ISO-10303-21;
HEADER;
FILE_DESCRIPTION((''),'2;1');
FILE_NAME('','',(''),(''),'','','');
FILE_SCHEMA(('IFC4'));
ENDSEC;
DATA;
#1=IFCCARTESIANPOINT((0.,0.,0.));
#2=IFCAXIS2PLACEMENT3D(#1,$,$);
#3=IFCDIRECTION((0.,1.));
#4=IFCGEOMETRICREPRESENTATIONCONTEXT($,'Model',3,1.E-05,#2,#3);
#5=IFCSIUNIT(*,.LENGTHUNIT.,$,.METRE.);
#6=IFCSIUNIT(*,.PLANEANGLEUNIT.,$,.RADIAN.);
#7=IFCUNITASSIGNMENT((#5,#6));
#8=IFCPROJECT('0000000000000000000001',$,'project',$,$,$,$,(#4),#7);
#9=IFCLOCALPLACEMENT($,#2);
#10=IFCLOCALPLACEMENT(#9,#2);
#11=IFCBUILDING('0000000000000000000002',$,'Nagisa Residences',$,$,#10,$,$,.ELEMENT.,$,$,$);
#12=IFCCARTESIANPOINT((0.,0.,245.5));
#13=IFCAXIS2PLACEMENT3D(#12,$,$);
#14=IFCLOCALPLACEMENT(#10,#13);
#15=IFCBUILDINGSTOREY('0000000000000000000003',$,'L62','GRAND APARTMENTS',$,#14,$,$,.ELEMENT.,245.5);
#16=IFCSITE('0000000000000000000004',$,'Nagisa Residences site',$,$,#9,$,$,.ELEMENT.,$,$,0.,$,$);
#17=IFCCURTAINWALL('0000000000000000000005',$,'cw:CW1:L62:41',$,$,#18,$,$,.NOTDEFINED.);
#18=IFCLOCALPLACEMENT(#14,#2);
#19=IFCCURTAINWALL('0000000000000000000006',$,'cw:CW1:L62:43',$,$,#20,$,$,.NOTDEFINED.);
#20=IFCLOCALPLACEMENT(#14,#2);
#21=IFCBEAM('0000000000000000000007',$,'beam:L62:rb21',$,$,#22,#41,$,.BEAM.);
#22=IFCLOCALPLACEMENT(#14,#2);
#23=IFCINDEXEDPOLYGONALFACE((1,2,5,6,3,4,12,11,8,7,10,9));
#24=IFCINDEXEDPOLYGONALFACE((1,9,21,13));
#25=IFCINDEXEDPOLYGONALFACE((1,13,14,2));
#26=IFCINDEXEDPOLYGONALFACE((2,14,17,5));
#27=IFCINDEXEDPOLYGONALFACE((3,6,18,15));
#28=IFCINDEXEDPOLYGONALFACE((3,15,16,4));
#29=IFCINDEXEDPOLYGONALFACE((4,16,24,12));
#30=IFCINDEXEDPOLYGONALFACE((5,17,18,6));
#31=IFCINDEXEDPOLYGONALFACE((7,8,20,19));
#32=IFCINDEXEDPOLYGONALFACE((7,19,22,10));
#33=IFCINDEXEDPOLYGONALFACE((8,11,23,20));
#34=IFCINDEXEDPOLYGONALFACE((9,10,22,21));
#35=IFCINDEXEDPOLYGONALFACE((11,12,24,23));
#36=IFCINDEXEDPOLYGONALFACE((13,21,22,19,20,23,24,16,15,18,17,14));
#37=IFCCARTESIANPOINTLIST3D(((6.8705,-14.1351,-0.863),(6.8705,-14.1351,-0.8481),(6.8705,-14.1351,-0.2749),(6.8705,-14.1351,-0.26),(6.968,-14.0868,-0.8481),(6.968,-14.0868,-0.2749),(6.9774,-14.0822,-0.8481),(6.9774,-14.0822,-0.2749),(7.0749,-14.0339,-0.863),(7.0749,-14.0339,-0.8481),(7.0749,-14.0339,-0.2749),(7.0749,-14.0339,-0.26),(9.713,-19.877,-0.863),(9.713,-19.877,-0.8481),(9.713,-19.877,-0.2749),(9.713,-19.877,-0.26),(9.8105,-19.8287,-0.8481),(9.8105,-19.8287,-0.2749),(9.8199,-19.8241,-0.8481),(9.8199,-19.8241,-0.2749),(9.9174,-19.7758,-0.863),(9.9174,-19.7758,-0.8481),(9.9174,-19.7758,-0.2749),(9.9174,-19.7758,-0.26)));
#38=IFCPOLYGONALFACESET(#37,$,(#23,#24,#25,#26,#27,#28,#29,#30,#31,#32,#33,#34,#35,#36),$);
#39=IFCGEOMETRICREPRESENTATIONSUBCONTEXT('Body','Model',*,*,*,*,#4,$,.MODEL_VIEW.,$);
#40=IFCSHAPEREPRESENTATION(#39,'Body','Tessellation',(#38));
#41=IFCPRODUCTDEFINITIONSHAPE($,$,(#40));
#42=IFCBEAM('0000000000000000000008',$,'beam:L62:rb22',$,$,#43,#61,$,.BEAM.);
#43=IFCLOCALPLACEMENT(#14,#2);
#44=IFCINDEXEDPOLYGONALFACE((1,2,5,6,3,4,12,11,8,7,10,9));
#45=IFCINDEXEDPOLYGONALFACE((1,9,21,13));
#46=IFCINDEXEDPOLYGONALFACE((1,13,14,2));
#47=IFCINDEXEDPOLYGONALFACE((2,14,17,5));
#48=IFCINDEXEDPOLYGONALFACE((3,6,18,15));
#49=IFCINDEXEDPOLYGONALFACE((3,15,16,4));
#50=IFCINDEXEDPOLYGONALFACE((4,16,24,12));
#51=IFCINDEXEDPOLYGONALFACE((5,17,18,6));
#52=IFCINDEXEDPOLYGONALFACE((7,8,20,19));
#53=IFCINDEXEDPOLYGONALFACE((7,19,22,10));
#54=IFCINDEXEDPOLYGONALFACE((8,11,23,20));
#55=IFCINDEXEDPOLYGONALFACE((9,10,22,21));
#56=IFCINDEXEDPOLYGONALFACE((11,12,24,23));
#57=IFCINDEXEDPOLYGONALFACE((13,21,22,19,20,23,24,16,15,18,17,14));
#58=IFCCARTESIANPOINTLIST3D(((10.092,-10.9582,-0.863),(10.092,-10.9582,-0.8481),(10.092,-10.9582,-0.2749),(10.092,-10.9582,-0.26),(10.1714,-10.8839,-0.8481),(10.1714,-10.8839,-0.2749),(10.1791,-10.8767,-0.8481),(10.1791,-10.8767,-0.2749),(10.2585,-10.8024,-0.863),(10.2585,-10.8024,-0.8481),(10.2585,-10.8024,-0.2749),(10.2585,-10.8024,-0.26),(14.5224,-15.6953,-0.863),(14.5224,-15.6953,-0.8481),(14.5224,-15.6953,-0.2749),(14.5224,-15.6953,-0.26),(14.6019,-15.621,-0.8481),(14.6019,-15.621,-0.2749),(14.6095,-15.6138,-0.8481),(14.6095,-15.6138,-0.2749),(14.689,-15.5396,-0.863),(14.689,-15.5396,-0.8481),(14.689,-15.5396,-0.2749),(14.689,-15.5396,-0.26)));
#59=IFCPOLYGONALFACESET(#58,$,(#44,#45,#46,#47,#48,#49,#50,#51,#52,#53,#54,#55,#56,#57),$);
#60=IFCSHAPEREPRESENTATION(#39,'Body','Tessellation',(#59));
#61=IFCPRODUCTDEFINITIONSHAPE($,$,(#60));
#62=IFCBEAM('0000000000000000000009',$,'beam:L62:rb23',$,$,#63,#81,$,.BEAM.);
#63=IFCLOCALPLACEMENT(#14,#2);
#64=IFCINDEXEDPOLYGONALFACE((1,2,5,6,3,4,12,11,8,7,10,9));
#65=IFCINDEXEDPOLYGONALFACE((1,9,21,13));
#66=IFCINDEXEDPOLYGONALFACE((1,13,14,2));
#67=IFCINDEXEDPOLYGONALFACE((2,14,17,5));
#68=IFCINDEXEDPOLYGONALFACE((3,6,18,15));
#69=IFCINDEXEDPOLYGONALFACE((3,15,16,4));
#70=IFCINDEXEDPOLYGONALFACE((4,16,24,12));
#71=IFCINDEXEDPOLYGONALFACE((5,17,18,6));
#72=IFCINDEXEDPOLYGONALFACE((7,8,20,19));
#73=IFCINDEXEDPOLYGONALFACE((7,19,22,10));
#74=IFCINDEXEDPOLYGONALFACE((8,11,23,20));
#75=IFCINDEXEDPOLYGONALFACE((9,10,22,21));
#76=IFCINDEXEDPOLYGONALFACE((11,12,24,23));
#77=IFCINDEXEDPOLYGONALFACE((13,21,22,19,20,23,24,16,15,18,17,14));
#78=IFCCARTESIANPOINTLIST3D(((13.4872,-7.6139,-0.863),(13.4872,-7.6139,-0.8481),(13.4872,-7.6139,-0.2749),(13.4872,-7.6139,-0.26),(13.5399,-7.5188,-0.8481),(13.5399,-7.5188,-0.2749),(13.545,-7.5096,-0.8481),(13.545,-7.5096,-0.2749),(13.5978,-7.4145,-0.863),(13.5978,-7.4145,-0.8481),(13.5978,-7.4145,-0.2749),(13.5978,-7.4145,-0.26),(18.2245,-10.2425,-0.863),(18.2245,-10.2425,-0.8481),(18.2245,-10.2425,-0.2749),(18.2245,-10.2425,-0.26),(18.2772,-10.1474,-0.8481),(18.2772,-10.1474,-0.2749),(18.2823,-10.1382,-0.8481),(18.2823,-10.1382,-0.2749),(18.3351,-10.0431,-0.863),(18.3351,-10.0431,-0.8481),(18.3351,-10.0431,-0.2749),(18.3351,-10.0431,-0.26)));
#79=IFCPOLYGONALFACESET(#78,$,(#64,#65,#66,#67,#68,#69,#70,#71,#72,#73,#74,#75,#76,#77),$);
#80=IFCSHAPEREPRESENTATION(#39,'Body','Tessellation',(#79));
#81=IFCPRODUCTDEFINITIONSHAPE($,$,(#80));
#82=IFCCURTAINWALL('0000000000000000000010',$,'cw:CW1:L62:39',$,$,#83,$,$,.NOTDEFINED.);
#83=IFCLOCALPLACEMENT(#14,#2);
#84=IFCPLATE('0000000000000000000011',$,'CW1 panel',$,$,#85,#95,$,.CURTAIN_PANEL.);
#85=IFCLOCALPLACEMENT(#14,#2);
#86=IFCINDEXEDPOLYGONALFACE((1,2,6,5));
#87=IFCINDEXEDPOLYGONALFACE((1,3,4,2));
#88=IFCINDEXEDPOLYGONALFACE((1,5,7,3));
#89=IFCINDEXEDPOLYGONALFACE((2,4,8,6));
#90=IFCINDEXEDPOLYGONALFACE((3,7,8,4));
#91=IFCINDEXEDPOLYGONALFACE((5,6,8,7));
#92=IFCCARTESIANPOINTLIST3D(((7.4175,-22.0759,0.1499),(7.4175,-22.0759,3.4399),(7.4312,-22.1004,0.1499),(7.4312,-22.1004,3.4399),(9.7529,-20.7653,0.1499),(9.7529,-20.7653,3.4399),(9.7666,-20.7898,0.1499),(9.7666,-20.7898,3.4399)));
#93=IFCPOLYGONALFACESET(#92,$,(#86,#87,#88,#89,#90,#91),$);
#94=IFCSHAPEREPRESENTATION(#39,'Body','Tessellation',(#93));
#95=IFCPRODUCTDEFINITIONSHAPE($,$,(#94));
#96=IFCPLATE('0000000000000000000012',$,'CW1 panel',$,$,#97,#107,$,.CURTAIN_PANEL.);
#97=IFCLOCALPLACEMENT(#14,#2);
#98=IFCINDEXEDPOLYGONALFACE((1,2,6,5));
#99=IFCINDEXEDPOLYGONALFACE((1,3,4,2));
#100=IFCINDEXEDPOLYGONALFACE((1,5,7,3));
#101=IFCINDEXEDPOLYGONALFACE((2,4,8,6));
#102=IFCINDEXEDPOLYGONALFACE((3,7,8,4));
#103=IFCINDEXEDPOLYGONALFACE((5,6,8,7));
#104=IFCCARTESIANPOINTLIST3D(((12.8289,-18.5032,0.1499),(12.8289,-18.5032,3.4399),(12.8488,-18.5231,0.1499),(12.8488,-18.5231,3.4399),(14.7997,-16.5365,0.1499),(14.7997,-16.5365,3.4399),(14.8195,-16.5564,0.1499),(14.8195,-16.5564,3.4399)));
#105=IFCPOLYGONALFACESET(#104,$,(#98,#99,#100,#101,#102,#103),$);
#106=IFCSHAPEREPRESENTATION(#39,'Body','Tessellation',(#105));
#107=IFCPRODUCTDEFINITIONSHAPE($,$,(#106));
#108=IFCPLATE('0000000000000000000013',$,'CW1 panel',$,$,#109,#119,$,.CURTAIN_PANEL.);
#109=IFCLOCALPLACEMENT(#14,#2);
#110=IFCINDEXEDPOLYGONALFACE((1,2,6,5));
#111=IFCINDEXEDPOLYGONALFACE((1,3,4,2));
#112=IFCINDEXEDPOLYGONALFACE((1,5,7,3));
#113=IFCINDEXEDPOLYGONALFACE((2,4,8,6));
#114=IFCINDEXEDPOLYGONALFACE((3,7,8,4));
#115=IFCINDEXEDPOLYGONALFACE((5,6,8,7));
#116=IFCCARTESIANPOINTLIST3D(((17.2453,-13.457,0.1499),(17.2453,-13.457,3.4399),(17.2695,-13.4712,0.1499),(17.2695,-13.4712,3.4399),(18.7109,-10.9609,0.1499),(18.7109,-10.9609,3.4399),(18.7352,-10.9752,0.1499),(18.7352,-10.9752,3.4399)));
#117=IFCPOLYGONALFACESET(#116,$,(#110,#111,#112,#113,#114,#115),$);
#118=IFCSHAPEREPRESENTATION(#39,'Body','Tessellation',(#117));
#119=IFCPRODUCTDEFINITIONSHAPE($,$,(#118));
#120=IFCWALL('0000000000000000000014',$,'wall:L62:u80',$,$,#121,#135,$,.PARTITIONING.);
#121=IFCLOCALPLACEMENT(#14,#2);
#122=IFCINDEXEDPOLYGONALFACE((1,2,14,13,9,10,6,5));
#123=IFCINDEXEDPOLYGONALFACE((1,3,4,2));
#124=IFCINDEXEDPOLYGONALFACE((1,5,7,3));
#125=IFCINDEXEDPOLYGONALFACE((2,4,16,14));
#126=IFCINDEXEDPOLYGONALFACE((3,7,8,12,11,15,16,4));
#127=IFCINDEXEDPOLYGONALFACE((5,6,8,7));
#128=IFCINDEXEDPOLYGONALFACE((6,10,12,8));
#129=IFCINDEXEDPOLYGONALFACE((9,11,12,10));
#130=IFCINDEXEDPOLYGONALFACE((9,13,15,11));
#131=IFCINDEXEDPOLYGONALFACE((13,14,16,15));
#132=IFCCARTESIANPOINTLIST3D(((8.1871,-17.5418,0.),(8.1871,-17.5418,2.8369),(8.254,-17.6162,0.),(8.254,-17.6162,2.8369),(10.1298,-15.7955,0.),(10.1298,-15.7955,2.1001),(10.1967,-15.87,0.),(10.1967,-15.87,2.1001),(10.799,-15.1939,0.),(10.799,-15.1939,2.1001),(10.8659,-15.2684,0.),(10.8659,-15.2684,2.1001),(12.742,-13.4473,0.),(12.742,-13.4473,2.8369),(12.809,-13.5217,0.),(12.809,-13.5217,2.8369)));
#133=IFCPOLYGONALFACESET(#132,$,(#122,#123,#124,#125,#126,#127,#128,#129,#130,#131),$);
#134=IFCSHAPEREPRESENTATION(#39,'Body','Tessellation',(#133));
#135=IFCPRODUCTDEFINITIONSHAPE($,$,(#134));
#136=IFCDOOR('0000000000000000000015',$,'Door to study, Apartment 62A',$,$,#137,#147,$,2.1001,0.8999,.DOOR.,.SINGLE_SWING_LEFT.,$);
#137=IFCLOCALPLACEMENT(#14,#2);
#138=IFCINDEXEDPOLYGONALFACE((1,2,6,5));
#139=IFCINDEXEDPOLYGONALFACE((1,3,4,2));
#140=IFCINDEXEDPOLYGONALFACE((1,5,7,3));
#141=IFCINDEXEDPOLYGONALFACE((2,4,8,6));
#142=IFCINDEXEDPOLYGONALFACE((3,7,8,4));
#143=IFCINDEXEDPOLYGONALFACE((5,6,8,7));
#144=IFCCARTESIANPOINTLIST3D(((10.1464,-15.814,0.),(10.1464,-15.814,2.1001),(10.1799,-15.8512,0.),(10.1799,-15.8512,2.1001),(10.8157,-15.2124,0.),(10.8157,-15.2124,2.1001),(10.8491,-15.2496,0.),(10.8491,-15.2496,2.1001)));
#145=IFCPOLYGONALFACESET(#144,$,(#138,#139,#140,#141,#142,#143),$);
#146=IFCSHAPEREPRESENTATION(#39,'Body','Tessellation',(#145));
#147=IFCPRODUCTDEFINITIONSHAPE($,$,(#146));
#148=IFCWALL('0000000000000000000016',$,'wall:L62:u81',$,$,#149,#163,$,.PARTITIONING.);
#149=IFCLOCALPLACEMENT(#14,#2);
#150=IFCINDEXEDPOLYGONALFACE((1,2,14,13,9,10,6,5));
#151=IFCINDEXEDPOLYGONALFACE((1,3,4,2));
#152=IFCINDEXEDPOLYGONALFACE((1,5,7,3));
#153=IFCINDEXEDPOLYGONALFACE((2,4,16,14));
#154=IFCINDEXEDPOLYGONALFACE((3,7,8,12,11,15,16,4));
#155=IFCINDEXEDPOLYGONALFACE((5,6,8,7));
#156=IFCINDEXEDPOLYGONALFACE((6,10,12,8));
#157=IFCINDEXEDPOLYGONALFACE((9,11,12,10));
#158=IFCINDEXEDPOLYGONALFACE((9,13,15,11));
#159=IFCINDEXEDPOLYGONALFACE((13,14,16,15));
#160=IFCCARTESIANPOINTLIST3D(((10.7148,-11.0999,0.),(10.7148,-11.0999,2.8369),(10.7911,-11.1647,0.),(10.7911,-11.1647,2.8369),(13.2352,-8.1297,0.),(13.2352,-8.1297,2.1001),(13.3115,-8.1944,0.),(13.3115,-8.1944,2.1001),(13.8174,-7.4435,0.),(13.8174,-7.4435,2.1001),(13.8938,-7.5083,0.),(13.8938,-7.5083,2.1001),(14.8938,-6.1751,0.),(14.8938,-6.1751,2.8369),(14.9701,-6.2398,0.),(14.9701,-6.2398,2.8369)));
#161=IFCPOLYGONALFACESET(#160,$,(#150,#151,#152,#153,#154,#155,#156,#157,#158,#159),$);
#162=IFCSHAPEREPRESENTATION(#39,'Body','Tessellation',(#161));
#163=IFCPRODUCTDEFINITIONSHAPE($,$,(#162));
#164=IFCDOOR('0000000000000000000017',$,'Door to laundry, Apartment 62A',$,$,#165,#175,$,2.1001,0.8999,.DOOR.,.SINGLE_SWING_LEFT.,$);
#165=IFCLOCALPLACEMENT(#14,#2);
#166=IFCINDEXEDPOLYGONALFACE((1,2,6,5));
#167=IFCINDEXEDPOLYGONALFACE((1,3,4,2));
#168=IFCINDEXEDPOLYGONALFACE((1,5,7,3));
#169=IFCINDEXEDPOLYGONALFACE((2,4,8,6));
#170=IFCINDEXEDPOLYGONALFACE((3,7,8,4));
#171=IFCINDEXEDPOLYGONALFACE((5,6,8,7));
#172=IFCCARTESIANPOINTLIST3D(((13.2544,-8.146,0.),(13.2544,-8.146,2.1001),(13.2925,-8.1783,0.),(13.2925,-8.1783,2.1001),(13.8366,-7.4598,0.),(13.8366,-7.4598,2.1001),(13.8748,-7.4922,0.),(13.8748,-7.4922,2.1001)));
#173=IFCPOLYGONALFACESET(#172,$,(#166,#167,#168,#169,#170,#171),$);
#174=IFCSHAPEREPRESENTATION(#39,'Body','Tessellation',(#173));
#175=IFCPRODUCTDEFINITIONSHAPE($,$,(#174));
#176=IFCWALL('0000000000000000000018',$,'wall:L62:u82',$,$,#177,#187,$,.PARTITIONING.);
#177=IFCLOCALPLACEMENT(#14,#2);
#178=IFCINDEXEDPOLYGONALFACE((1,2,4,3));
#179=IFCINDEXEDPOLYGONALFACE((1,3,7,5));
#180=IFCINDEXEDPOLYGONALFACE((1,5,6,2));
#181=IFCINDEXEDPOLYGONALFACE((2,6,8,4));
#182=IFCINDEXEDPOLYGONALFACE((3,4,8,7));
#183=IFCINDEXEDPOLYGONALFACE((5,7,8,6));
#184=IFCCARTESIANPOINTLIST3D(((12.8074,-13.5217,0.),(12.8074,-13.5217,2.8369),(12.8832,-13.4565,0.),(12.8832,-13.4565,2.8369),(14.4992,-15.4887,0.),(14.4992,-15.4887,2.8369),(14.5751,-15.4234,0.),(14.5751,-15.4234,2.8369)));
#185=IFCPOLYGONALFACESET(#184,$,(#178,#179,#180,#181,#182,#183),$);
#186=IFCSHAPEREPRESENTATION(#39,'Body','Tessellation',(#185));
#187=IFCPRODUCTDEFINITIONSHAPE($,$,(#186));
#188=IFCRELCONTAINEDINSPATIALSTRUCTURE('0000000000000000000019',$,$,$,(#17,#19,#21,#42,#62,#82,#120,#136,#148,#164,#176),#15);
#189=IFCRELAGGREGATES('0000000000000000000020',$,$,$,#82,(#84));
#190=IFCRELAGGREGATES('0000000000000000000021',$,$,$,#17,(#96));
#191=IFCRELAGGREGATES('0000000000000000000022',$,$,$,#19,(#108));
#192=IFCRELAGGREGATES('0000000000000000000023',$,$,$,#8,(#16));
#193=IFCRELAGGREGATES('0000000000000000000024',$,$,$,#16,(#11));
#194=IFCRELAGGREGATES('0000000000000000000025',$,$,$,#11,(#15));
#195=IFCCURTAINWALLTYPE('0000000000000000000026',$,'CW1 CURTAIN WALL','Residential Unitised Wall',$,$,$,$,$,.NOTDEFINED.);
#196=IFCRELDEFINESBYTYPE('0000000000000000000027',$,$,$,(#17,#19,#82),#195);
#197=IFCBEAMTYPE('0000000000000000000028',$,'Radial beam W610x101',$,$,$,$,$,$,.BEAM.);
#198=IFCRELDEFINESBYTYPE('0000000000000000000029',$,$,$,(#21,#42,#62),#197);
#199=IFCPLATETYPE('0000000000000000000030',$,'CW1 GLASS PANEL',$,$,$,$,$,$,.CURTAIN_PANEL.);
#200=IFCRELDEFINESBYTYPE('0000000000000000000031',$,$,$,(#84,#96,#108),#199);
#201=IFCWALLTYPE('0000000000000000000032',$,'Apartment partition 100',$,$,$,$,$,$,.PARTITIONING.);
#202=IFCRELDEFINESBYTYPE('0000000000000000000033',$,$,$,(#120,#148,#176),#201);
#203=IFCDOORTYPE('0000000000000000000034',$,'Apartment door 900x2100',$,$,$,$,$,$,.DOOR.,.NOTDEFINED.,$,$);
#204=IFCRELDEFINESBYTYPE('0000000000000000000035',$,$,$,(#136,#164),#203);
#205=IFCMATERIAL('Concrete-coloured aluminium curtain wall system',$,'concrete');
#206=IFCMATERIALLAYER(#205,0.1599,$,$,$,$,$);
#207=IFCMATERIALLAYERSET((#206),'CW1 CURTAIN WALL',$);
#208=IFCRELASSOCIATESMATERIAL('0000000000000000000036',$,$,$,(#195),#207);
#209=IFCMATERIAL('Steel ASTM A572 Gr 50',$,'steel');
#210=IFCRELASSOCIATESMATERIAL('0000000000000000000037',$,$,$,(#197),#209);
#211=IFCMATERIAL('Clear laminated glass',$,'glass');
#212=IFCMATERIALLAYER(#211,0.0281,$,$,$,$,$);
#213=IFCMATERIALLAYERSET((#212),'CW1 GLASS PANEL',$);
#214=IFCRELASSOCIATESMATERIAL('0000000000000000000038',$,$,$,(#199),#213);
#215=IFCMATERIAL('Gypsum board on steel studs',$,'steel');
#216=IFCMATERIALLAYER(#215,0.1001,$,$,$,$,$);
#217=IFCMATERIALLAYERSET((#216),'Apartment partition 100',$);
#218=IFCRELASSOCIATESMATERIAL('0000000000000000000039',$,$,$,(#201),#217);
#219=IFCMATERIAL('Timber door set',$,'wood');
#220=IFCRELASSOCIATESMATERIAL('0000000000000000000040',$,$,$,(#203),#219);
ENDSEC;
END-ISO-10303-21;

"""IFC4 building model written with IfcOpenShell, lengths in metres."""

from ifc_helpers import new_model, si_unit, direction, frame, frame_2d, origin, origin_2d, place, context, subcontext, project, spatial, rectangle, i_section, extrude, material, layer, layer_set, material_profile, profile_set, type_object, element, fill, aggregate, save


model = new_model("IFC4")

# Units and contexts
model_context = context("Model", 3, precision=1e-05, world=origin(), true_north=direction((0.0, 1.0)))
body_context = subcontext(model_context, "Body", "Model", "MODEL_VIEW")
ifc_project = project(units=[si_unit("LENGTHUNIT", "METRE"), si_unit("PLANEANGLEUNIT", "RADIAN")], contexts=[model_context])

# Site, building, storey
site_placement = place(None, origin())
site = spatial("IfcSite", under=ifc_project, at=site_placement, Name="Nagisa Residences site", CompositionType="ELEMENT", RefElevation=0.0)
building_placement = place(site_placement, origin())
building = spatial("IfcBuilding", under=site, at=building_placement, Name="Nagisa Residences", CompositionType="ELEMENT")
storey_placement = place(building_placement, frame((0.0, 0.0, 245.5)))
storey = spatial("IfcBuildingStorey", under=building, at=storey_placement, Name="L62", Description="GRAND APARTMENTS", CompositionType="ELEMENT", Elevation=245.5)

# Curtain walls
ifc_material_1 = material(Name="Concrete-coloured aluminium curtain wall system", Category="concrete")
ifc_layer_1 = layer(ifc_material_1, 0.1599)
ifc_layer_set_1 = layer_set([ifc_layer_1], Name="CW1 CURTAIN WALL")
curtain_wall_type = type_object("IfcCurtainWallType", Name="CW1 CURTAIN WALL", Description="Residential Unitised Wall", PredefinedType="NOTDEFINED", material=ifc_layer_set_1)
curtain_wall_1_placement = place(storey_placement, origin())
curtain_wall_1 = element("IfcCurtainWall", 1, at=curtain_wall_1_placement, inside=storey, type_object=curtain_wall_type, Name="cw:CW1:L62:41", PredefinedType="NOTDEFINED")
curtain_wall_2_placement = place(storey_placement, origin())
curtain_wall_2 = element("IfcCurtainWall", 2, at=curtain_wall_2_placement, inside=storey, type_object=curtain_wall_type, Name="cw:CW1:L62:43", PredefinedType="NOTDEFINED")

# Beams
ifc_material_2 = material(Name="Steel ASTM A572 Gr 50", Category="steel")
ifc_material_profile_1 = material_profile(ifc_material_2, i_section(OverallWidth=0.228, OverallDepth=0.603, WebThickness=0.0105, FlangeThickness=0.0149, at=origin_2d()), Name="W610x101")
ifc_profile_set_1 = profile_set([ifc_material_profile_1], Name="Steel ASTM A572 Gr 50")
beam_type_1 = type_object("IfcBeamType", Name="Radial beam W610x101", PredefinedType="BEAM", material=ifc_profile_set_1)
beam_1_placement = place(storey_placement, frame((9.8152, -19.8264, -0.5615), z_axis=(-0.443659, 0.896196, 0.0), x_axis=(-0.896196, -0.443659, 0.0)))
element("IfcBeam", 3, at=beam_1_placement, inside=storey, type_object=beam_type_1, Name="beam:L62:rb21", PredefinedType="BEAM", context=body_context, shape_type="SweptSolid", body=[
    extrude(i_section(OverallWidth=0.228, OverallDepth=0.603, WebThickness=0.0105, FlangeThickness=0.0149, at=origin_2d()), origin(), (0.0, 0.0, 1.0), 6.407),
])
beam_2_placement = place(storey_placement, frame((14.6057, -15.6174, -0.5615), z_axis=(-0.683073, 0.73035, 0.0), x_axis=(-0.73035, -0.683073, 0.0)))
element("IfcBeam", 4, at=beam_2_placement, inside=storey, type_object=beam_type_1, Name="beam:L62:rb22", PredefinedType="BEAM", context=body_context, shape_type="SweptSolid", body=[
    extrude(i_section(OverallWidth=0.228, OverallDepth=0.603, WebThickness=0.0105, FlangeThickness=0.0149, at=origin_2d()), origin(), (0.0, 0.0, 1.0), 6.4861),
])
beam_3_placement = place(storey_placement, frame((18.2798, -10.1428, -0.5615), z_axis=(-0.874406, 0.485195, 0.0), x_axis=(-0.485195, -0.874406, 0.0)))
element("IfcBeam", 5, at=beam_3_placement, inside=storey, type_object=beam_type_1, Name="beam:L62:rb23", PredefinedType="BEAM", context=body_context, shape_type="SweptSolid", body=[
    extrude(i_section(OverallWidth=0.228, OverallDepth=0.603, WebThickness=0.0105, FlangeThickness=0.0149, at=origin_2d()), origin(), (0.0, 0.0, 1.0), 5.4177),
])

# Curtain wall, plate
curtain_wall_3_placement = place(storey_placement, origin())
curtain_wall_3 = element("IfcCurtainWall", 6, at=curtain_wall_3_placement, inside=storey, type_object=curtain_wall_type, Name="cw:CW1:L62:39", PredefinedType="NOTDEFINED")
ifc_material_3 = material(Name="Clear laminated glass", Category="glass")
ifc_layer_2 = layer(ifc_material_3, 0.0281)
ifc_layer_set_2 = layer_set([ifc_layer_2], Name="CW1 GLASS PANEL")
plate_type = type_object("IfcPlateType", Name="CW1 GLASS PANEL", PredefinedType="CURTAIN_PANEL", material=ifc_layer_set_2)
plate_1_placement = place(storey_placement, frame((8.592, -21.4329, 0.1499), z_axis=(0.0, 0.0, 1.0), x_axis=(0.872072, 0.489377, 0.0)))
plate_1 = element("IfcPlate", 7, at=plate_1_placement, type_object=plate_type, Name="CW1 panel", PredefinedType="CURTAIN_PANEL", context=body_context, shape_type="SweptSolid", body=[
    extrude(rectangle(XDim=2.678, YDim=0.0281, at=origin_2d()), origin(), (0.0, 0.0, 1.0), 3.29),
])
aggregate(curtain_wall_3, [plate_1])

# Plates
plate_2_placement = place(storey_placement, frame((13.8242, -17.5298, 0.1499), z_axis=(0.0, 0.0, 1.0), x_axis=(0.707836, 0.706377, 0.0)))
plate_2 = element("IfcPlate", 8, at=plate_2_placement, type_object=plate_type, Name="CW1 panel", PredefinedType="CURTAIN_PANEL", context=body_context, shape_type="SweptSolid", body=[
    extrude(rectangle(XDim=2.7842, YDim=0.0281, at=origin_2d()), origin(), (0.0, 0.0, 1.0), 3.29),
])
aggregate(curtain_wall_1, [plate_2])
plate_3_placement = place(storey_placement, frame((17.9902, -12.2161, 0.1499), z_axis=(0.0, 0.0, 1.0), x_axis=(0.506349, 0.862329, 0.0)))
plate_3 = element("IfcPlate", 9, at=plate_3_placement, type_object=plate_type, Name="CW1 panel", PredefinedType="CURTAIN_PANEL", context=body_context, shape_type="SweptSolid", body=[
    extrude(rectangle(XDim=2.8945, YDim=0.0281, at=origin_2d()), origin(), (0.0, 0.0, 1.0), 3.29),
])
aggregate(curtain_wall_2, [plate_3])

# Walls, openings, doors
ifc_material_4 = material(Name="Gypsum board on steel studs", Category="steel")
ifc_layer_3 = layer(ifc_material_4, 0.1001)
ifc_layer_set_3 = layer_set([ifc_layer_3], Name="Apartment partition 100")
wall_type_1 = type_object("IfcWallType", Name="Apartment partition 100", PredefinedType="PARTITIONING", material=ifc_layer_set_3)
wall_1_placement = place(storey_placement, frame((8.2205, -17.5791, 0.0), z_axis=(0.0, 0.0, 1.0), x_axis=(0.743696, 0.668518, 0.0)))
wall_1 = element("IfcWall", 10, at=wall_1_placement, inside=storey, type_object=wall_type_1, Name="wall:L62:u80", PredefinedType="PARTITIONING", context=body_context, shape_type="SweptSolid", body=[
    extrude(rectangle(XDim=6.1248, YDim=0.1001, at=frame_2d((3.0625, 0.0))), origin(), (0.0, 0.0, 1.0), 2.8369),
])
opening_1_placement = place(wall_1_placement, frame((2.6123, 0.0, 0.0)))
opening_1 = element("IfcOpeningElement", 11, at=opening_1_placement, cuts=wall_1, PredefinedType="OPENING", context=body_context, shape_type="SweptSolid", body=[
    extrude(rectangle(XDim=0.8999, YDim=2.1001, at=frame_2d((0.45, 1.05))), frame((0.0, 0.0601, 0.0), z_axis=(0.0, -1.0, 0.0), x_axis=(1.0, 0.0, 0.0)), (0.0, 0.0, 1.0), 0.1201),
])
ifc_material_5 = material(Name="Timber door set", Category="wood")
door_type_1 = type_object("IfcDoorType", Name="Apartment door 900x2100", OperationType="NOTDEFINED", PredefinedType="DOOR", material=ifc_material_5)
door_1_placement = place(opening_1_placement, frame((0.8999, 0.0, 0.0), x_axis=(-1.0, 0.0, 0.0)))
door_1 = element("IfcDoor", 12, at=door_1_placement, inside=storey, type_object=door_type_1, Name="Door to study, Apartment 62A", OperationType="SINGLE_SWING_LEFT", OverallHeight=2.1001, OverallWidth=0.8999, PredefinedType="DOOR", context=body_context, shape_type="SweptSolid", body=[
    extrude(rectangle(XDim=0.8999, YDim=2.1001, at=frame_2d((0.45, 1.05))), frame((0.0, 0.0249, 0.0), z_axis=(0.0, -1.0, 0.0), x_axis=(1.0, 0.0, 0.0)), (0.0, 0.0, 1.0), 0.05),
])
fill(opening_1, door_1)
wall_2_placement = place(storey_placement, frame((10.7529, -11.1323, 0.0), z_axis=(0.0, 0.0, 1.0), x_axis=(0.647007, 0.762484, 0.0)))
wall_2 = element("IfcWall", 13, at=wall_2_placement, inside=storey, type_object=wall_type_1, Name="wall:L62:u81", PredefinedType="PARTITIONING", context=body_context, shape_type="SweptSolid", body=[
    extrude(rectangle(XDim=6.459, YDim=0.1001, at=frame_2d((3.2295, 0.0))), origin(), (0.0, 0.0, 1.0), 2.8369),
])
opening_2_placement = place(wall_2_placement, frame((3.8955, 0.0, 0.0)))
opening_2 = element("IfcOpeningElement", 14, at=opening_2_placement, cuts=wall_2, PredefinedType="OPENING", context=body_context, shape_type="SweptSolid", body=[
    extrude(rectangle(XDim=0.8999, YDim=2.1001, at=frame_2d((0.45, 1.05))), frame((0.0, 0.0601, 0.0), z_axis=(0.0, -1.0, 0.0), x_axis=(1.0, 0.0, 0.0)), (0.0, 0.0, 1.0), 0.1201),
])
door_2_placement = place(opening_2_placement, origin())
door_2 = element("IfcDoor", 15, at=door_2_placement, inside=storey, type_object=door_type_1, Name="Door to laundry, Apartment 62A", OperationType="SINGLE_SWING_LEFT", OverallHeight=2.1001, OverallWidth=0.8999, PredefinedType="DOOR", context=body_context, shape_type="SweptSolid", body=[
    extrude(rectangle(XDim=0.8999, YDim=2.1001, at=frame_2d((0.45, 1.05))), frame((0.0, 0.0249, 0.0), z_axis=(0.0, -1.0, 0.0), x_axis=(1.0, 0.0, 0.0)), (0.0, 0.0, 1.0), 0.05),
])
fill(opening_2, door_2)

# Wall
wall_3_placement = place(storey_placement, frame((12.8452, -13.489, 0.0), z_axis=(0.0, 0.0, 1.0), x_axis=(0.652092, -0.75814, 0.0)))
element("IfcWall", 16, at=wall_3_placement, inside=storey, type_object=wall_type_1, Name="wall:L62:u82", PredefinedType="PARTITIONING", context=body_context, shape_type="SweptSolid", body=[
    extrude(rectangle(XDim=2.5945, YDim=0.1001, at=frame_2d((1.2974, 0.0))), origin(), (0.0, 0.0, 1.0), 2.8369),
])

save(model, "model.ifc")
